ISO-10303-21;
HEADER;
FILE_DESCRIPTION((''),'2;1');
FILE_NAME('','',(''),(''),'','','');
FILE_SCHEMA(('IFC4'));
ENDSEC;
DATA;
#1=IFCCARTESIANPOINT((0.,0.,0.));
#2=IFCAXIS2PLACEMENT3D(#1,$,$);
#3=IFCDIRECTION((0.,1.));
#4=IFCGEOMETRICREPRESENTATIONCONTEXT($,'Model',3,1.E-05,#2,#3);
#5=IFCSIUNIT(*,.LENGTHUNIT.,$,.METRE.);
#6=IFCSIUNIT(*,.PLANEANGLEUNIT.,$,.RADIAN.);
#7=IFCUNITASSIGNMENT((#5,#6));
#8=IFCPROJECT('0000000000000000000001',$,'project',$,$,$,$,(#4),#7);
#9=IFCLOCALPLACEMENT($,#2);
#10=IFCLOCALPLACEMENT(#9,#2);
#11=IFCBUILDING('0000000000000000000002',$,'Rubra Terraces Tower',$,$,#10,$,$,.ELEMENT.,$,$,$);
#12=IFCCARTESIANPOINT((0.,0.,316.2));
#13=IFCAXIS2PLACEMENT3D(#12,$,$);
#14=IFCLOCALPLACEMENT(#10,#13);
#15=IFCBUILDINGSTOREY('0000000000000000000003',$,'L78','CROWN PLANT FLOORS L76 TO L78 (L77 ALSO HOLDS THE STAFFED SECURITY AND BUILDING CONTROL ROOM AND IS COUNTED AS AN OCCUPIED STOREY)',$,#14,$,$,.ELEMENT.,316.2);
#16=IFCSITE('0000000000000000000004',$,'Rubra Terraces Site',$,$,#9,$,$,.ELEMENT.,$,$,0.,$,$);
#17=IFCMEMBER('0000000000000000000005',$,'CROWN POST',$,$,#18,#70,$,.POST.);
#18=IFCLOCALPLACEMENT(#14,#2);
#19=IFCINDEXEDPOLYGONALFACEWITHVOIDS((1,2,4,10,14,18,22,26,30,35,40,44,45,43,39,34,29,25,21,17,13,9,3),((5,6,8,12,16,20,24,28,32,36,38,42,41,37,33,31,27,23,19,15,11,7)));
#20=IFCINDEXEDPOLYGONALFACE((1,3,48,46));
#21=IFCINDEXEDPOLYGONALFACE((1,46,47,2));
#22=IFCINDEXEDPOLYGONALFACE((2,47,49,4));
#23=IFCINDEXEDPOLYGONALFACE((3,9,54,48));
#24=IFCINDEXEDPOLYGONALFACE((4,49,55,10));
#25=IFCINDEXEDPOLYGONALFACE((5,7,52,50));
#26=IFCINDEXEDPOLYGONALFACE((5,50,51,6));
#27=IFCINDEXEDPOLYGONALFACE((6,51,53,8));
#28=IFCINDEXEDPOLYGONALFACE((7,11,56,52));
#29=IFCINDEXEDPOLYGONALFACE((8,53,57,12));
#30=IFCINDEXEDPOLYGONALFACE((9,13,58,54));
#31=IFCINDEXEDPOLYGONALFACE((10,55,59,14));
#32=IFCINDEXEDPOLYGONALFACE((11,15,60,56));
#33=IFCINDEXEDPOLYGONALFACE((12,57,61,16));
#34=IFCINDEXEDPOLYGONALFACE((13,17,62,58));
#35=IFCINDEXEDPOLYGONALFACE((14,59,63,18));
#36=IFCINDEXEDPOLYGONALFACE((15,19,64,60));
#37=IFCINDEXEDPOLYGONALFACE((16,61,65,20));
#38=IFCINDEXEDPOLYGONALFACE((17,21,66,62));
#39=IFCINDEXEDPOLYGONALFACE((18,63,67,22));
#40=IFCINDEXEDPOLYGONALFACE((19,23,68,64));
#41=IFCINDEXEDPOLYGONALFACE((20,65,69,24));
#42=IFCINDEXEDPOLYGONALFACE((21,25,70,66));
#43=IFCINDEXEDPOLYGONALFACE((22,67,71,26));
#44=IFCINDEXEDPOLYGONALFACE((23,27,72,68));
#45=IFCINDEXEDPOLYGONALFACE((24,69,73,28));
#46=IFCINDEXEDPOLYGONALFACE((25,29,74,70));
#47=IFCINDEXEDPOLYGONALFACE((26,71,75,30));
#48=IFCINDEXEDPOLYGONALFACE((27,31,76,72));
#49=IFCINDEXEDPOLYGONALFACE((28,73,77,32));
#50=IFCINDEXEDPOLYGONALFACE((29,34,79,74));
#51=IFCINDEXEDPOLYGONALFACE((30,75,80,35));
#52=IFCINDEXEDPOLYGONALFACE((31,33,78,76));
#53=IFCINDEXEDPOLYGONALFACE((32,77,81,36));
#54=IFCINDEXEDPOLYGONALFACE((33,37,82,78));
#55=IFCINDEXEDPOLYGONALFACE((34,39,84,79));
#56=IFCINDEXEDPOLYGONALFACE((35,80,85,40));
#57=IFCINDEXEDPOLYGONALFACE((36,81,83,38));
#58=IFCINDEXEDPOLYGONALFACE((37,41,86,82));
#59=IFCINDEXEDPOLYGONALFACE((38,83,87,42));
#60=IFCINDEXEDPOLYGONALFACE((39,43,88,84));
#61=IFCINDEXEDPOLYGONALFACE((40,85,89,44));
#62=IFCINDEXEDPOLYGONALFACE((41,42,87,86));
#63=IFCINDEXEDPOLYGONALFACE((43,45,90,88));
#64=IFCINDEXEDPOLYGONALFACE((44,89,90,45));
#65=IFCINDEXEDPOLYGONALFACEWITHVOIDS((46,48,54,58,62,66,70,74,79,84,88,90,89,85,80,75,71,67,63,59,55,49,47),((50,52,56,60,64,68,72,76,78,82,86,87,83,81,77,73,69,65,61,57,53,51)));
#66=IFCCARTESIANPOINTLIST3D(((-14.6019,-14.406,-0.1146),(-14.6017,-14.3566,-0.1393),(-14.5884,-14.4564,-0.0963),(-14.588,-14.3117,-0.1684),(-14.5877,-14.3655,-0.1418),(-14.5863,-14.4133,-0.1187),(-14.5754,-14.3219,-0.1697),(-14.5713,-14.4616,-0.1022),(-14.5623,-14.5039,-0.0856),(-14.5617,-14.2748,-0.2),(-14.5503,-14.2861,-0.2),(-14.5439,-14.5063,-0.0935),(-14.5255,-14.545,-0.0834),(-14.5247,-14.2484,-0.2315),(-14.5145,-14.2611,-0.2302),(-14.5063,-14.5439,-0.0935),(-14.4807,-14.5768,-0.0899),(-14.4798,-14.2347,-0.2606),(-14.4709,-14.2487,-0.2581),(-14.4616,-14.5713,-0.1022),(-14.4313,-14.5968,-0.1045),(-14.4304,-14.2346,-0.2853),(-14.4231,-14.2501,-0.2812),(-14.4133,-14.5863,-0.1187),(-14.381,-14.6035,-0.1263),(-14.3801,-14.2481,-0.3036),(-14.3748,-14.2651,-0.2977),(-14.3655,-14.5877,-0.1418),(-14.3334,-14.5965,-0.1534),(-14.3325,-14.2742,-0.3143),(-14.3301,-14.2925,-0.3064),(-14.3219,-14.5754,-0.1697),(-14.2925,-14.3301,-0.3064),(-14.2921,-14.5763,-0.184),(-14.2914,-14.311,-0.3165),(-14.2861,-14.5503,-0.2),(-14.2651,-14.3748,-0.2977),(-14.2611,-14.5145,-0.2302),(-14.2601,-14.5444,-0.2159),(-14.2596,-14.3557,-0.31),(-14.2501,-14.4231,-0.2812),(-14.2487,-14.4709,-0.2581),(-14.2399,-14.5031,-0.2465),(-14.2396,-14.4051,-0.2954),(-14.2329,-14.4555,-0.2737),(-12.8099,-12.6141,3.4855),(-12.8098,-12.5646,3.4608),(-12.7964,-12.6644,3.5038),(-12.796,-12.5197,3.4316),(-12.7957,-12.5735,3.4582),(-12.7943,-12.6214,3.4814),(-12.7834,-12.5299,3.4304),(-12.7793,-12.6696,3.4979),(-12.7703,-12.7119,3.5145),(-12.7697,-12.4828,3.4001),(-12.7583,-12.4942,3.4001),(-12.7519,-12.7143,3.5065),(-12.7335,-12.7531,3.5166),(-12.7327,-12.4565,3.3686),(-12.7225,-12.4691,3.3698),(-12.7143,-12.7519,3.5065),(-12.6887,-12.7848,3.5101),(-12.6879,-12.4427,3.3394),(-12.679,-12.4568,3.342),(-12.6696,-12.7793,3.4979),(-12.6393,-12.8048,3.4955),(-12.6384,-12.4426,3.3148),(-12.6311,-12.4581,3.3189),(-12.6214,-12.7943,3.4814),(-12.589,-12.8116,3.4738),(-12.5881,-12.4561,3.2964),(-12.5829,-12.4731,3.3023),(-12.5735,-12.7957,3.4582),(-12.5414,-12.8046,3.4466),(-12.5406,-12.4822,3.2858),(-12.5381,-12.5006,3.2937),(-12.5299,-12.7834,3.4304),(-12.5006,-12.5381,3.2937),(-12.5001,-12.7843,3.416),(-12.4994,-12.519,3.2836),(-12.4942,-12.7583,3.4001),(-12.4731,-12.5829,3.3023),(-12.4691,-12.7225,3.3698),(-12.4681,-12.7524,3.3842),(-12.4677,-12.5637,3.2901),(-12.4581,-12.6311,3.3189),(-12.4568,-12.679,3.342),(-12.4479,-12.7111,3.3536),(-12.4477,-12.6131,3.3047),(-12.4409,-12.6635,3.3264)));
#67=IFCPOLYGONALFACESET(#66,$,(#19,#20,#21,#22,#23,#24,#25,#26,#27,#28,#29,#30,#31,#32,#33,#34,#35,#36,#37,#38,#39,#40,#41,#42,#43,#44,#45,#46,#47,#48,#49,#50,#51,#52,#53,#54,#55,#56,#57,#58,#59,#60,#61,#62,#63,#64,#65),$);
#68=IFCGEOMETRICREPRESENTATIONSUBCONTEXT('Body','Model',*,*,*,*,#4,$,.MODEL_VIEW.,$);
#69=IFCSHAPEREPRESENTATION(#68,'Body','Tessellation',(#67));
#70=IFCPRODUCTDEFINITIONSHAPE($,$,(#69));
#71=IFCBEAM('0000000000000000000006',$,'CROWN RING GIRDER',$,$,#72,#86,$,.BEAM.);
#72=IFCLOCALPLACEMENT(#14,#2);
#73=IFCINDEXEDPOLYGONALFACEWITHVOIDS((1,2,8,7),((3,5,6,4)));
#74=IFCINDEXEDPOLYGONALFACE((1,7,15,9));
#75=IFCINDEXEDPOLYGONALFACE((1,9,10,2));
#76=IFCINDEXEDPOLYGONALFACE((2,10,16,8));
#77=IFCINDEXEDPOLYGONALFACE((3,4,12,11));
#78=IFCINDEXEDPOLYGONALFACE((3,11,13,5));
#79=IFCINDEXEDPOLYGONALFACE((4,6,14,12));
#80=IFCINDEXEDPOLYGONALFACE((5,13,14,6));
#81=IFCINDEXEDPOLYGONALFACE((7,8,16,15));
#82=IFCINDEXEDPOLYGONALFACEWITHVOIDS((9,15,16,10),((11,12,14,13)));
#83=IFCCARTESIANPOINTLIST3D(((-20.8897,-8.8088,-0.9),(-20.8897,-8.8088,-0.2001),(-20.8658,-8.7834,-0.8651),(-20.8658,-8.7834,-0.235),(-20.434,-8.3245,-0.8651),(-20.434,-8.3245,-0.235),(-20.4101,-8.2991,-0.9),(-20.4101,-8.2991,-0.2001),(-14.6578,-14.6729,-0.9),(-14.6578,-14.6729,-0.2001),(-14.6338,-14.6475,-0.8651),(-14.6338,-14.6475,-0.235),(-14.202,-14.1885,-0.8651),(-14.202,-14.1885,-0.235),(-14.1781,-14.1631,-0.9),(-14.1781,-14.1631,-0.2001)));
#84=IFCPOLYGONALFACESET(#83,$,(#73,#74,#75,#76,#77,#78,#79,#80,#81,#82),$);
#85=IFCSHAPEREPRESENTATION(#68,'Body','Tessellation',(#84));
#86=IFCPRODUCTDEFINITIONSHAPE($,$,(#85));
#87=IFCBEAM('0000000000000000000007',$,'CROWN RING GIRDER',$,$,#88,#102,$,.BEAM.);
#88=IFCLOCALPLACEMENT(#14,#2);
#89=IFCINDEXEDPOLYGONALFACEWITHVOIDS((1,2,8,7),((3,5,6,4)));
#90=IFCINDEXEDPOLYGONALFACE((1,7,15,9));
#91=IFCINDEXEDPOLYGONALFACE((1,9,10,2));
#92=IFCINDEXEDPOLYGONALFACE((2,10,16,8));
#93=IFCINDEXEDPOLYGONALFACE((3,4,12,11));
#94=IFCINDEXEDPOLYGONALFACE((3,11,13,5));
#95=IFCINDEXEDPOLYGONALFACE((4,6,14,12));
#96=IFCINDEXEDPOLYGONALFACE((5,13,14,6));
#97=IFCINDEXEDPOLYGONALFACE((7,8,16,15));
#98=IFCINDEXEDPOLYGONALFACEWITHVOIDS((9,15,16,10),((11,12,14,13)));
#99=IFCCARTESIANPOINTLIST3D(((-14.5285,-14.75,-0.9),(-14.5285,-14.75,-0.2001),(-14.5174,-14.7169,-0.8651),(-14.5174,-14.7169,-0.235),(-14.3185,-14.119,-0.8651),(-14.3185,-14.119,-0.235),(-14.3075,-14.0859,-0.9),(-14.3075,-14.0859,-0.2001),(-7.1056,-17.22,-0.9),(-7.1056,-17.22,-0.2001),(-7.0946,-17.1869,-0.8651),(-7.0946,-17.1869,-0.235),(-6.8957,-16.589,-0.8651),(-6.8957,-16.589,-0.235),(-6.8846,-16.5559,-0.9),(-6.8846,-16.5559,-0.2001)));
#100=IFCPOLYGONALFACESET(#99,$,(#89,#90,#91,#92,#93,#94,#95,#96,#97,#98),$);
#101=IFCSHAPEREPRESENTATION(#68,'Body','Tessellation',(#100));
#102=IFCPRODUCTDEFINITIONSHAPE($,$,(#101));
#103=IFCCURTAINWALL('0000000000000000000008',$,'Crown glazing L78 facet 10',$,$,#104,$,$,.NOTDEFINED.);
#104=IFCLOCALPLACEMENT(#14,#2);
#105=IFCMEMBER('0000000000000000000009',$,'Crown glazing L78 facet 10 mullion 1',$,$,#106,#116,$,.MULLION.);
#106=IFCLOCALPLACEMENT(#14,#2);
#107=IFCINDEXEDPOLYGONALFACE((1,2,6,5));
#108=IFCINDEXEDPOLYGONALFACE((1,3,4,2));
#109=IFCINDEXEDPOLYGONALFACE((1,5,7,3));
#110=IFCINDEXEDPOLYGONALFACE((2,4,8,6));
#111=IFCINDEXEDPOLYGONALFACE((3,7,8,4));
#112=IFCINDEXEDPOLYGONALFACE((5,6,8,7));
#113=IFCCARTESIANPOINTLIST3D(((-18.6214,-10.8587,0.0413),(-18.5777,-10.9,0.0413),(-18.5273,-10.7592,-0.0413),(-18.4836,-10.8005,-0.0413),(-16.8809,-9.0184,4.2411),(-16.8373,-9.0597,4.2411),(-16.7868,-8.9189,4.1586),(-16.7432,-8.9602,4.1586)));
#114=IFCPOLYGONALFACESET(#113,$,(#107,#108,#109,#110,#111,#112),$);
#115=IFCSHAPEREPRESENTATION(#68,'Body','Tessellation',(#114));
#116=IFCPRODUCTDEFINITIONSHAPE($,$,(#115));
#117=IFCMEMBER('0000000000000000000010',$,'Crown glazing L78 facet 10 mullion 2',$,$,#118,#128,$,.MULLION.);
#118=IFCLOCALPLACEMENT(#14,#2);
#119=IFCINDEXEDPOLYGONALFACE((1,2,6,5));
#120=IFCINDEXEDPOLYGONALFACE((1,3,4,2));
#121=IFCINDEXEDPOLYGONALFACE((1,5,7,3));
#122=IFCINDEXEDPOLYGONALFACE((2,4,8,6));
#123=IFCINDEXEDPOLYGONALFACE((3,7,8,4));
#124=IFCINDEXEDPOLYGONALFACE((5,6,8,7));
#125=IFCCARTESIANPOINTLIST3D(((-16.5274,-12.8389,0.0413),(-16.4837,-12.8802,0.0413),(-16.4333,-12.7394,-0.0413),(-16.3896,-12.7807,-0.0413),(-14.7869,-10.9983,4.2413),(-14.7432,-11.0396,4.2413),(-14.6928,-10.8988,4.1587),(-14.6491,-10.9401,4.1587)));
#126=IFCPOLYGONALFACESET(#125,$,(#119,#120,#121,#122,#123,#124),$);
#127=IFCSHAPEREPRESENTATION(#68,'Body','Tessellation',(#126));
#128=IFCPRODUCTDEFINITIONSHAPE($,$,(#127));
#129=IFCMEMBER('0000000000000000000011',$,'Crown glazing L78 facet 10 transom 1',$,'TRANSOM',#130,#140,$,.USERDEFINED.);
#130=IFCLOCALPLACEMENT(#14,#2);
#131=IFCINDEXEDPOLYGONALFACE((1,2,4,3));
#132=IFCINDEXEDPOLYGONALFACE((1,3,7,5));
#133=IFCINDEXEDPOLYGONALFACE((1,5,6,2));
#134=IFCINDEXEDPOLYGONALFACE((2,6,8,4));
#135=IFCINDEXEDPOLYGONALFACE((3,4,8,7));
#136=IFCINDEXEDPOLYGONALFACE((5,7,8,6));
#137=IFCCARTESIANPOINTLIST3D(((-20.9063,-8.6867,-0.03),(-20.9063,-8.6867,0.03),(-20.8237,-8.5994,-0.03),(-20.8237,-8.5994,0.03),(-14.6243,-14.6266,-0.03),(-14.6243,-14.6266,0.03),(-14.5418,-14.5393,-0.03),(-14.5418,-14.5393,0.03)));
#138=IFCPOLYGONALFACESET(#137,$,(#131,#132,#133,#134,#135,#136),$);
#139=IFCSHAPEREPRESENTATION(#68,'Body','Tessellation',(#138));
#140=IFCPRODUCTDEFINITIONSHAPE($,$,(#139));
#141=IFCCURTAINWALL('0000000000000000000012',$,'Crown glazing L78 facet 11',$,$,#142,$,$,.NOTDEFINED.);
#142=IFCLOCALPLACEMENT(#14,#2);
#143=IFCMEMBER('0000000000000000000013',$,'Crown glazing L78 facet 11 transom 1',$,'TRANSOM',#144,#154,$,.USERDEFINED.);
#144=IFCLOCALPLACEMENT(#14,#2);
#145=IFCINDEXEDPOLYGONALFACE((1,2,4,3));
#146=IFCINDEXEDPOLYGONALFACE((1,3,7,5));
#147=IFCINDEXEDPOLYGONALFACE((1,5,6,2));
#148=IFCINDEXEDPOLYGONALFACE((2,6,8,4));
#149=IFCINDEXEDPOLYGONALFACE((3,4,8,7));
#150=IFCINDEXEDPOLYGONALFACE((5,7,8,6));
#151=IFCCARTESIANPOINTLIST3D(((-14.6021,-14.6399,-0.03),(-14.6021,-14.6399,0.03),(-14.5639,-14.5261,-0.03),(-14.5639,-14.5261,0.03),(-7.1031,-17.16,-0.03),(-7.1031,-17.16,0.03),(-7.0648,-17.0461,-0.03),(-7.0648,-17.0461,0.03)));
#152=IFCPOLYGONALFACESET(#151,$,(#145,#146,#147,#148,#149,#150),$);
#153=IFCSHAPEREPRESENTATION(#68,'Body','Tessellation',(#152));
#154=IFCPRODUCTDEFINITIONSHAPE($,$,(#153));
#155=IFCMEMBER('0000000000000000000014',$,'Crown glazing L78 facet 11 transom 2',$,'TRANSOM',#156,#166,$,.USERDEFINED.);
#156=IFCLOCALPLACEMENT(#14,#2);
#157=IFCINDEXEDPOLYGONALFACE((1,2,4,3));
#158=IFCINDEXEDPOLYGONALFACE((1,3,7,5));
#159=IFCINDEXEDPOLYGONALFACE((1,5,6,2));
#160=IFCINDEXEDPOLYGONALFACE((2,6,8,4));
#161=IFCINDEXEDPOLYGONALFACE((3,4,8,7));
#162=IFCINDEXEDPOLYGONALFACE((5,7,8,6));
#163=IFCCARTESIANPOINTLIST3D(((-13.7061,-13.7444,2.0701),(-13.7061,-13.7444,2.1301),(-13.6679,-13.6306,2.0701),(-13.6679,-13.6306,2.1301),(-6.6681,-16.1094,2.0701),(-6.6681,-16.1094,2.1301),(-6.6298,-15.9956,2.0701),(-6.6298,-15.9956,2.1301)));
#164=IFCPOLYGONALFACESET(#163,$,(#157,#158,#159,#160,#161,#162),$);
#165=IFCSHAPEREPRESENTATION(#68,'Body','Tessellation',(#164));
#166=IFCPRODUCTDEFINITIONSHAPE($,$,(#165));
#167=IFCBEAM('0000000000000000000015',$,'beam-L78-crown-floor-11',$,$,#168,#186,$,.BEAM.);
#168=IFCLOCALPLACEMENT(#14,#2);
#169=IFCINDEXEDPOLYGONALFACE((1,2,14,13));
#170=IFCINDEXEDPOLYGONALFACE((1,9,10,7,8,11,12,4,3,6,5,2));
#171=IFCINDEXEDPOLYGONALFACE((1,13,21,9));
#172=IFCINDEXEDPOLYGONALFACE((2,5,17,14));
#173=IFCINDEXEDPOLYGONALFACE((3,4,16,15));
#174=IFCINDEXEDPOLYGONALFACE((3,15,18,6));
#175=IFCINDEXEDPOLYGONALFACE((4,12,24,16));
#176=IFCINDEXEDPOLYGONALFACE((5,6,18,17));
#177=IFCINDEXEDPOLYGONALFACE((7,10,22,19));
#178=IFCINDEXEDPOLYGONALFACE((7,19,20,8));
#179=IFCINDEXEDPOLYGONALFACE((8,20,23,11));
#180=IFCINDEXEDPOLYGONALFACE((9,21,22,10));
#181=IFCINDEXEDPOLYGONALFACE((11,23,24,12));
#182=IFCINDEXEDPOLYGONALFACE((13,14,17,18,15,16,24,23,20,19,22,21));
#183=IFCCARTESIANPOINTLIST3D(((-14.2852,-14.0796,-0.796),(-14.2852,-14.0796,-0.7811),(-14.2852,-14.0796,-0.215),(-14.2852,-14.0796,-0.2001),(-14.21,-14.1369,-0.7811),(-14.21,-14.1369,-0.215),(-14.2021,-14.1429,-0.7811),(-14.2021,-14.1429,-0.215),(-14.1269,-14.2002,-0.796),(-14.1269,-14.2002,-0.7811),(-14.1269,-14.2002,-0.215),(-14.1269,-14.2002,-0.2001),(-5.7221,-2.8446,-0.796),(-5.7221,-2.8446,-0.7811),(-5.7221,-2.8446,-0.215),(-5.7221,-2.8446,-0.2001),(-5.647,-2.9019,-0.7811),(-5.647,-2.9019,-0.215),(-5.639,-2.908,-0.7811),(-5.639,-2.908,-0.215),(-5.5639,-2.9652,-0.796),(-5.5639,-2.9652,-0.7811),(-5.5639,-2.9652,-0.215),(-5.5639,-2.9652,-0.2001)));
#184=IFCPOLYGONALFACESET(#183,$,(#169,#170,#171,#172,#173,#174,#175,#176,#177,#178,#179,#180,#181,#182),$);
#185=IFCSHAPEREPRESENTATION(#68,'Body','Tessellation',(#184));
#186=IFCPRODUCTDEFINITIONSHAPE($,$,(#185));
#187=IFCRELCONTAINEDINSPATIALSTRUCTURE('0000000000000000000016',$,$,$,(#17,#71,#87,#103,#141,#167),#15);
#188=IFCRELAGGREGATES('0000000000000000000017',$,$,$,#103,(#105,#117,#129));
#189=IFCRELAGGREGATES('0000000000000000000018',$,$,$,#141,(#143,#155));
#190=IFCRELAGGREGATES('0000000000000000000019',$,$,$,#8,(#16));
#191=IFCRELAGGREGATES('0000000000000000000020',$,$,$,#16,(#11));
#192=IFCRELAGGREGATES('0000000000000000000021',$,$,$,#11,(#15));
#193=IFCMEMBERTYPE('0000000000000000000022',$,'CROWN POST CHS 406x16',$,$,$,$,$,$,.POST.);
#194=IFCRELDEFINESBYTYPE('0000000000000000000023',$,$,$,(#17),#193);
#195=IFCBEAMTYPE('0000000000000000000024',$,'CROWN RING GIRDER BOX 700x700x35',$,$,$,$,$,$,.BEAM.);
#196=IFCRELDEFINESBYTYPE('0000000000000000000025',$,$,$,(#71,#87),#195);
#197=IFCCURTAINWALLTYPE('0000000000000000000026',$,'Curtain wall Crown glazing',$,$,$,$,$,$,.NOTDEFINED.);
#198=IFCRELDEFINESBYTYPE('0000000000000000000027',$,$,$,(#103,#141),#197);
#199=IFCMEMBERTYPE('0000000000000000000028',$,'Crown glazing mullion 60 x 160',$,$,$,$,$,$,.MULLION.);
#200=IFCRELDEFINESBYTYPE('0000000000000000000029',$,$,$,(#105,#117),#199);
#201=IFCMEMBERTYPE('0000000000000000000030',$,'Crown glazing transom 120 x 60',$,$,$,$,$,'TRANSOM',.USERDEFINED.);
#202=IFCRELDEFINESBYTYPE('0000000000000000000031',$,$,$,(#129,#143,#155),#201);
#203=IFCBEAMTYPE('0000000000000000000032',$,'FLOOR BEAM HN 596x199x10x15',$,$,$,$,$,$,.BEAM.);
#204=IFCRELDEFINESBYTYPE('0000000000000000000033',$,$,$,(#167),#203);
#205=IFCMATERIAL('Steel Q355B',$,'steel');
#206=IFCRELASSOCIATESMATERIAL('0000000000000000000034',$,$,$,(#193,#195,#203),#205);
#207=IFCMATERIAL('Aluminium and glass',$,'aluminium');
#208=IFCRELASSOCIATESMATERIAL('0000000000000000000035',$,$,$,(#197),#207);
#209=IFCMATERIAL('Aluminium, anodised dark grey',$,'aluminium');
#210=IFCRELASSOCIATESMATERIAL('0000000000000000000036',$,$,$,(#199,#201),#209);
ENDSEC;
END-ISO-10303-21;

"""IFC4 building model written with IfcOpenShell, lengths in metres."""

from ifc_helpers import new_model, si_unit, direction, frame, origin, origin_2d, place, context, subcontext, project, spatial, rectangle, hollow_rectangle, hollow_circle, i_section, extrude, material, material_profile, profile_set, type_object, element, aggregate, save


model = new_model("IFC4")

# Units and contexts
model_context = context("Model", 3, precision=1e-05, world=origin(), true_north=direction((0.0, 1.0)))
body_context = subcontext(model_context, "Body", "Model", "MODEL_VIEW")
ifc_project = project(units=[si_unit("LENGTHUNIT", "METRE"), si_unit("PLANEANGLEUNIT", "RADIAN")], contexts=[model_context])

# Site, building, storey
site_placement = place(None, origin())
site = spatial("IfcSite", under=ifc_project, at=site_placement, Name="Rubra Terraces Site", CompositionType="ELEMENT", RefElevation=0.0)
building_placement = place(site_placement, origin())
building = spatial("IfcBuilding", under=site, at=building_placement, Name="Rubra Terraces Tower", CompositionType="ELEMENT")
storey_placement = place(building_placement, frame((0.0, 0.0, 316.2)))
storey = spatial("IfcBuildingStorey", under=building, at=storey_placement, Name="L78", Description="CROWN PLANT FLOORS L76 TO L78 (L77 ALSO HOLDS THE STAFFED SECURITY AND BUILDING CONTROL ROOM AND IS COUNTED AS AN OCCUPIED STOREY)", CompositionType="ELEMENT", Elevation=316.2)

# Member
ifc_material_1 = material(Name="Steel Q355B", Category="steel")
ifc_material_profile_1 = material_profile(ifc_material_1, hollow_circle(Radius=0.2029, WallThickness=0.0161, at=origin_2d()), Name="CHS 406x16")
ifc_profile_set_1 = profile_set([ifc_material_profile_1], Name="Steel Q355B")
member_type_1 = type_object("IfcMemberType", Name="CROWN POST CHS 406x16", PredefinedType="POST", material=ifc_profile_set_1)
member_1_placement = place(storey_placement, frame((-14.4182, -14.4182, -0.2), z_axis=(0.407027, 0.407027, 0.817715), x_axis=(-0.707107, 0.707107, 0.0)))
element("IfcMember", 1, at=member_1_placement, inside=storey, type_object=member_type_1, Name="CROWN POST", PredefinedType="POST", context=body_context, shape_type="SweptSolid", body=[
    extrude(hollow_circle(Radius=0.2029, WallThickness=0.0161, at=origin_2d()), origin(), (0.0, 0.0, 1.0), 4.4026),
])

# Beams
ifc_material_profile_2 = material_profile(ifc_material_1, hollow_rectangle(XDim=0.7, YDim=0.7, WallThickness=0.0349, at=origin_2d()), Name="BOX 700x700x35")
ifc_profile_set_2 = profile_set([ifc_material_profile_2], Name="Steel Q355B")
beam_type_1 = type_object("IfcBeamType", Name="CROWN RING GIRDER BOX 700x700x35", PredefinedType="BEAM", material=ifc_profile_set_2)
beam_1_placement = place(storey_placement, frame((-20.6499, -8.554, -0.55), z_axis=(0.728278, -0.685282, 0.0), x_axis=(0.685282, 0.728278, 0.0)))
element("IfcBeam", 2, at=beam_1_placement, inside=storey, type_object=beam_type_1, Name="CROWN RING GIRDER", PredefinedType="BEAM", context=body_context, shape_type="SweptSolid", body=[
    extrude(hollow_rectangle(XDim=0.7, YDim=0.7, WallThickness=0.0349, at=origin_2d()), origin(), (0.0, 0.0, 1.0), 8.5571),
])
beam_2_placement = place(storey_placement, frame((-14.418, -14.418, -0.55), z_axis=(0.948849, -0.315732, 0.0), x_axis=(0.315732, 0.948849, 0.0)))
element("IfcBeam", 3, at=beam_2_placement, inside=storey, type_object=beam_type_1, Name="CROWN RING GIRDER", PredefinedType="BEAM", context=body_context, shape_type="SweptSolid", body=[
    extrude(hollow_rectangle(XDim=0.7, YDim=0.7, WallThickness=0.0349, at=origin_2d()), origin(), (0.0, 0.0, 1.0), 7.823),
])

# Curtain walls, members
ifc_material_2 = material(Name="Aluminium and glass", Category="aluminium")
curtain_wall_type = type_object("IfcCurtainWallType", Name="Curtain wall Crown glazing", PredefinedType="NOTDEFINED", material=ifc_material_2)
curtain_wall_1_placement = place(storey_placement, origin())
curtain_wall_1 = element("IfcCurtainWall", 4, at=curtain_wall_1_placement, inside=storey, type_object=curtain_wall_type, Name="Crown glazing L78 facet 10", PredefinedType="NOTDEFINED")
ifc_material_3 = material(Name="Aluminium, anodised dark grey", Category="aluminium")
ifc_material_profile_3 = material_profile(ifc_material_3, rectangle(XDim=0.0601, YDim=0.1599, at=origin_2d()), Name="AL 60x160")
ifc_profile_set_3 = profile_set([ifc_material_profile_3], Name="Aluminium, anodised dark grey")
member_type_2 = type_object("IfcMemberType", Name="Crown glazing mullion 60 x 160", PredefinedType="MULLION", material=ifc_profile_set_3)
member_2_placement = place(storey_placement, frame((-18.5525, -10.8296, 0.0), z_axis=(0.354862, 0.375221, 0.856319), x_axis=(-0.726543, 0.687121, 0.0)))
member_2 = element("IfcMember", 5, at=member_2_placement, type_object=member_type_2, Name="Crown glazing L78 facet 10 mullion 1", PredefinedType="MULLION", context=body_context, shape_type="SweptSolid", body=[
    extrude(rectangle(XDim=0.0601, YDim=0.1599, at=origin_2d()), origin(), (0.0, 0.0, 1.0), 4.9045),
])
member_3_placement = place(storey_placement, frame((-16.4585, -12.8098, 0.0), z_axis=(0.354856, 0.375264, 0.856303), x_axis=(-0.726588, 0.687073, 0.0)))
member_3 = element("IfcMember", 6, at=member_3_placement, type_object=member_type_2, Name="Crown glazing L78 facet 10 mullion 2", PredefinedType="MULLION", context=body_context, shape_type="SweptSolid", body=[
    extrude(rectangle(XDim=0.0601, YDim=0.1599, at=origin_2d()), origin(), (0.0, 0.0, 1.0), 4.9048),
])
ifc_material_profile_4 = material_profile(ifc_material_3, rectangle(XDim=0.1201, YDim=0.0601, at=origin_2d()), Name="AL 120x60")
ifc_profile_set_4 = profile_set([ifc_material_profile_4], Name="Aluminium, anodised dark grey")
member_type_3 = type_object("IfcMemberType", Name="Crown glazing transom 120 x 60", ElementType="TRANSOM", PredefinedType="USERDEFINED", material=ifc_profile_set_4)
member_4_placement = place(storey_placement, frame((-20.865, -8.6431, 0.0), z_axis=(0.726611, -0.687049, 0.0), x_axis=(0.687049, 0.726611, 0.0)))
member_4 = element("IfcMember", 7, at=member_4_placement, type_object=member_type_3, Name="Crown glazing L78 facet 10 transom 1", ObjectType="TRANSOM", PredefinedType="USERDEFINED", context=body_context, shape_type="SweptSolid", body=[
    extrude(rectangle(XDim=0.1201, YDim=0.0601, at=origin_2d()), origin(), (0.0, 0.0, 1.0), 8.6455),
])
curtain_wall_2_placement = place(storey_placement, origin())
curtain_wall_2 = element("IfcCurtainWall", 8, at=curtain_wall_2_placement, inside=storey, type_object=curtain_wall_type, Name="Crown glazing L78 facet 11", PredefinedType="NOTDEFINED")
member_5_placement = place(storey_placement, frame((-14.583, -14.583, 0.0), z_axis=(0.947909, -0.318541, 0.0), x_axis=(0.318541, 0.947909, 0.0)))
member_5 = element("IfcMember", 9, at=member_5_placement, type_object=member_type_3, Name="Crown glazing L78 facet 11 transom 1", ObjectType="TRANSOM", PredefinedType="USERDEFINED", context=body_context, shape_type="SweptSolid", body=[
    extrude(rectangle(XDim=0.1201, YDim=0.0601, at=origin_2d()), origin(), (0.0, 0.0, 1.0), 7.9111),
])
member_6_placement = place(storey_placement, frame((-13.687, -13.6875, 2.1001), z_axis=(0.947914, -0.318525, 0.0), x_axis=(0.318525, 0.947914, 0.0)))
member_6 = element("IfcMember", 10, at=member_6_placement, type_object=member_type_3, Name="Crown glazing L78 facet 11 transom 2", ObjectType="TRANSOM", PredefinedType="USERDEFINED", context=body_context, shape_type="SweptSolid", body=[
    extrude(rectangle(XDim=0.1201, YDim=0.0601, at=origin_2d()), origin(), (0.0, 0.0, 1.0), 7.4248),
])

# Beam
ifc_material_profile_5 = material_profile(ifc_material_1, i_section(OverallWidth=0.199, OverallDepth=0.5959, WebThickness=0.01, FlangeThickness=0.0149, at=origin_2d()), Name="HN 596x199x10x15")
ifc_profile_set_5 = profile_set([ifc_material_profile_5], Name="Steel Q355B")
beam_type_2 = type_object("IfcBeamType", Name="FLOOR BEAM HN 596x199x10x15", PredefinedType="BEAM", material=ifc_profile_set_5)
beam_3_placement = place(storey_placement, frame((-14.2061, -14.1399, -0.498), z_axis=(0.606182, 0.795326, 0.0), x_axis=(-0.795326, 0.606182, 0.0)))
element("IfcBeam", 11, at=beam_3_placement, inside=storey, type_object=beam_type_2, Name="beam-L78-crown-floor-11", PredefinedType="BEAM", context=body_context, shape_type="SweptSolid", body=[
    extrude(i_section(OverallWidth=0.199, OverallDepth=0.5959, WebThickness=0.01, FlangeThickness=0.0149, at=origin_2d()), origin(), (0.0, 0.0, 1.0), 14.1262),
])

aggregate(curtain_wall_1, [member_2, member_3, member_4])
aggregate(curtain_wall_2, [member_5, member_6])

save(model, "model.ifc")
